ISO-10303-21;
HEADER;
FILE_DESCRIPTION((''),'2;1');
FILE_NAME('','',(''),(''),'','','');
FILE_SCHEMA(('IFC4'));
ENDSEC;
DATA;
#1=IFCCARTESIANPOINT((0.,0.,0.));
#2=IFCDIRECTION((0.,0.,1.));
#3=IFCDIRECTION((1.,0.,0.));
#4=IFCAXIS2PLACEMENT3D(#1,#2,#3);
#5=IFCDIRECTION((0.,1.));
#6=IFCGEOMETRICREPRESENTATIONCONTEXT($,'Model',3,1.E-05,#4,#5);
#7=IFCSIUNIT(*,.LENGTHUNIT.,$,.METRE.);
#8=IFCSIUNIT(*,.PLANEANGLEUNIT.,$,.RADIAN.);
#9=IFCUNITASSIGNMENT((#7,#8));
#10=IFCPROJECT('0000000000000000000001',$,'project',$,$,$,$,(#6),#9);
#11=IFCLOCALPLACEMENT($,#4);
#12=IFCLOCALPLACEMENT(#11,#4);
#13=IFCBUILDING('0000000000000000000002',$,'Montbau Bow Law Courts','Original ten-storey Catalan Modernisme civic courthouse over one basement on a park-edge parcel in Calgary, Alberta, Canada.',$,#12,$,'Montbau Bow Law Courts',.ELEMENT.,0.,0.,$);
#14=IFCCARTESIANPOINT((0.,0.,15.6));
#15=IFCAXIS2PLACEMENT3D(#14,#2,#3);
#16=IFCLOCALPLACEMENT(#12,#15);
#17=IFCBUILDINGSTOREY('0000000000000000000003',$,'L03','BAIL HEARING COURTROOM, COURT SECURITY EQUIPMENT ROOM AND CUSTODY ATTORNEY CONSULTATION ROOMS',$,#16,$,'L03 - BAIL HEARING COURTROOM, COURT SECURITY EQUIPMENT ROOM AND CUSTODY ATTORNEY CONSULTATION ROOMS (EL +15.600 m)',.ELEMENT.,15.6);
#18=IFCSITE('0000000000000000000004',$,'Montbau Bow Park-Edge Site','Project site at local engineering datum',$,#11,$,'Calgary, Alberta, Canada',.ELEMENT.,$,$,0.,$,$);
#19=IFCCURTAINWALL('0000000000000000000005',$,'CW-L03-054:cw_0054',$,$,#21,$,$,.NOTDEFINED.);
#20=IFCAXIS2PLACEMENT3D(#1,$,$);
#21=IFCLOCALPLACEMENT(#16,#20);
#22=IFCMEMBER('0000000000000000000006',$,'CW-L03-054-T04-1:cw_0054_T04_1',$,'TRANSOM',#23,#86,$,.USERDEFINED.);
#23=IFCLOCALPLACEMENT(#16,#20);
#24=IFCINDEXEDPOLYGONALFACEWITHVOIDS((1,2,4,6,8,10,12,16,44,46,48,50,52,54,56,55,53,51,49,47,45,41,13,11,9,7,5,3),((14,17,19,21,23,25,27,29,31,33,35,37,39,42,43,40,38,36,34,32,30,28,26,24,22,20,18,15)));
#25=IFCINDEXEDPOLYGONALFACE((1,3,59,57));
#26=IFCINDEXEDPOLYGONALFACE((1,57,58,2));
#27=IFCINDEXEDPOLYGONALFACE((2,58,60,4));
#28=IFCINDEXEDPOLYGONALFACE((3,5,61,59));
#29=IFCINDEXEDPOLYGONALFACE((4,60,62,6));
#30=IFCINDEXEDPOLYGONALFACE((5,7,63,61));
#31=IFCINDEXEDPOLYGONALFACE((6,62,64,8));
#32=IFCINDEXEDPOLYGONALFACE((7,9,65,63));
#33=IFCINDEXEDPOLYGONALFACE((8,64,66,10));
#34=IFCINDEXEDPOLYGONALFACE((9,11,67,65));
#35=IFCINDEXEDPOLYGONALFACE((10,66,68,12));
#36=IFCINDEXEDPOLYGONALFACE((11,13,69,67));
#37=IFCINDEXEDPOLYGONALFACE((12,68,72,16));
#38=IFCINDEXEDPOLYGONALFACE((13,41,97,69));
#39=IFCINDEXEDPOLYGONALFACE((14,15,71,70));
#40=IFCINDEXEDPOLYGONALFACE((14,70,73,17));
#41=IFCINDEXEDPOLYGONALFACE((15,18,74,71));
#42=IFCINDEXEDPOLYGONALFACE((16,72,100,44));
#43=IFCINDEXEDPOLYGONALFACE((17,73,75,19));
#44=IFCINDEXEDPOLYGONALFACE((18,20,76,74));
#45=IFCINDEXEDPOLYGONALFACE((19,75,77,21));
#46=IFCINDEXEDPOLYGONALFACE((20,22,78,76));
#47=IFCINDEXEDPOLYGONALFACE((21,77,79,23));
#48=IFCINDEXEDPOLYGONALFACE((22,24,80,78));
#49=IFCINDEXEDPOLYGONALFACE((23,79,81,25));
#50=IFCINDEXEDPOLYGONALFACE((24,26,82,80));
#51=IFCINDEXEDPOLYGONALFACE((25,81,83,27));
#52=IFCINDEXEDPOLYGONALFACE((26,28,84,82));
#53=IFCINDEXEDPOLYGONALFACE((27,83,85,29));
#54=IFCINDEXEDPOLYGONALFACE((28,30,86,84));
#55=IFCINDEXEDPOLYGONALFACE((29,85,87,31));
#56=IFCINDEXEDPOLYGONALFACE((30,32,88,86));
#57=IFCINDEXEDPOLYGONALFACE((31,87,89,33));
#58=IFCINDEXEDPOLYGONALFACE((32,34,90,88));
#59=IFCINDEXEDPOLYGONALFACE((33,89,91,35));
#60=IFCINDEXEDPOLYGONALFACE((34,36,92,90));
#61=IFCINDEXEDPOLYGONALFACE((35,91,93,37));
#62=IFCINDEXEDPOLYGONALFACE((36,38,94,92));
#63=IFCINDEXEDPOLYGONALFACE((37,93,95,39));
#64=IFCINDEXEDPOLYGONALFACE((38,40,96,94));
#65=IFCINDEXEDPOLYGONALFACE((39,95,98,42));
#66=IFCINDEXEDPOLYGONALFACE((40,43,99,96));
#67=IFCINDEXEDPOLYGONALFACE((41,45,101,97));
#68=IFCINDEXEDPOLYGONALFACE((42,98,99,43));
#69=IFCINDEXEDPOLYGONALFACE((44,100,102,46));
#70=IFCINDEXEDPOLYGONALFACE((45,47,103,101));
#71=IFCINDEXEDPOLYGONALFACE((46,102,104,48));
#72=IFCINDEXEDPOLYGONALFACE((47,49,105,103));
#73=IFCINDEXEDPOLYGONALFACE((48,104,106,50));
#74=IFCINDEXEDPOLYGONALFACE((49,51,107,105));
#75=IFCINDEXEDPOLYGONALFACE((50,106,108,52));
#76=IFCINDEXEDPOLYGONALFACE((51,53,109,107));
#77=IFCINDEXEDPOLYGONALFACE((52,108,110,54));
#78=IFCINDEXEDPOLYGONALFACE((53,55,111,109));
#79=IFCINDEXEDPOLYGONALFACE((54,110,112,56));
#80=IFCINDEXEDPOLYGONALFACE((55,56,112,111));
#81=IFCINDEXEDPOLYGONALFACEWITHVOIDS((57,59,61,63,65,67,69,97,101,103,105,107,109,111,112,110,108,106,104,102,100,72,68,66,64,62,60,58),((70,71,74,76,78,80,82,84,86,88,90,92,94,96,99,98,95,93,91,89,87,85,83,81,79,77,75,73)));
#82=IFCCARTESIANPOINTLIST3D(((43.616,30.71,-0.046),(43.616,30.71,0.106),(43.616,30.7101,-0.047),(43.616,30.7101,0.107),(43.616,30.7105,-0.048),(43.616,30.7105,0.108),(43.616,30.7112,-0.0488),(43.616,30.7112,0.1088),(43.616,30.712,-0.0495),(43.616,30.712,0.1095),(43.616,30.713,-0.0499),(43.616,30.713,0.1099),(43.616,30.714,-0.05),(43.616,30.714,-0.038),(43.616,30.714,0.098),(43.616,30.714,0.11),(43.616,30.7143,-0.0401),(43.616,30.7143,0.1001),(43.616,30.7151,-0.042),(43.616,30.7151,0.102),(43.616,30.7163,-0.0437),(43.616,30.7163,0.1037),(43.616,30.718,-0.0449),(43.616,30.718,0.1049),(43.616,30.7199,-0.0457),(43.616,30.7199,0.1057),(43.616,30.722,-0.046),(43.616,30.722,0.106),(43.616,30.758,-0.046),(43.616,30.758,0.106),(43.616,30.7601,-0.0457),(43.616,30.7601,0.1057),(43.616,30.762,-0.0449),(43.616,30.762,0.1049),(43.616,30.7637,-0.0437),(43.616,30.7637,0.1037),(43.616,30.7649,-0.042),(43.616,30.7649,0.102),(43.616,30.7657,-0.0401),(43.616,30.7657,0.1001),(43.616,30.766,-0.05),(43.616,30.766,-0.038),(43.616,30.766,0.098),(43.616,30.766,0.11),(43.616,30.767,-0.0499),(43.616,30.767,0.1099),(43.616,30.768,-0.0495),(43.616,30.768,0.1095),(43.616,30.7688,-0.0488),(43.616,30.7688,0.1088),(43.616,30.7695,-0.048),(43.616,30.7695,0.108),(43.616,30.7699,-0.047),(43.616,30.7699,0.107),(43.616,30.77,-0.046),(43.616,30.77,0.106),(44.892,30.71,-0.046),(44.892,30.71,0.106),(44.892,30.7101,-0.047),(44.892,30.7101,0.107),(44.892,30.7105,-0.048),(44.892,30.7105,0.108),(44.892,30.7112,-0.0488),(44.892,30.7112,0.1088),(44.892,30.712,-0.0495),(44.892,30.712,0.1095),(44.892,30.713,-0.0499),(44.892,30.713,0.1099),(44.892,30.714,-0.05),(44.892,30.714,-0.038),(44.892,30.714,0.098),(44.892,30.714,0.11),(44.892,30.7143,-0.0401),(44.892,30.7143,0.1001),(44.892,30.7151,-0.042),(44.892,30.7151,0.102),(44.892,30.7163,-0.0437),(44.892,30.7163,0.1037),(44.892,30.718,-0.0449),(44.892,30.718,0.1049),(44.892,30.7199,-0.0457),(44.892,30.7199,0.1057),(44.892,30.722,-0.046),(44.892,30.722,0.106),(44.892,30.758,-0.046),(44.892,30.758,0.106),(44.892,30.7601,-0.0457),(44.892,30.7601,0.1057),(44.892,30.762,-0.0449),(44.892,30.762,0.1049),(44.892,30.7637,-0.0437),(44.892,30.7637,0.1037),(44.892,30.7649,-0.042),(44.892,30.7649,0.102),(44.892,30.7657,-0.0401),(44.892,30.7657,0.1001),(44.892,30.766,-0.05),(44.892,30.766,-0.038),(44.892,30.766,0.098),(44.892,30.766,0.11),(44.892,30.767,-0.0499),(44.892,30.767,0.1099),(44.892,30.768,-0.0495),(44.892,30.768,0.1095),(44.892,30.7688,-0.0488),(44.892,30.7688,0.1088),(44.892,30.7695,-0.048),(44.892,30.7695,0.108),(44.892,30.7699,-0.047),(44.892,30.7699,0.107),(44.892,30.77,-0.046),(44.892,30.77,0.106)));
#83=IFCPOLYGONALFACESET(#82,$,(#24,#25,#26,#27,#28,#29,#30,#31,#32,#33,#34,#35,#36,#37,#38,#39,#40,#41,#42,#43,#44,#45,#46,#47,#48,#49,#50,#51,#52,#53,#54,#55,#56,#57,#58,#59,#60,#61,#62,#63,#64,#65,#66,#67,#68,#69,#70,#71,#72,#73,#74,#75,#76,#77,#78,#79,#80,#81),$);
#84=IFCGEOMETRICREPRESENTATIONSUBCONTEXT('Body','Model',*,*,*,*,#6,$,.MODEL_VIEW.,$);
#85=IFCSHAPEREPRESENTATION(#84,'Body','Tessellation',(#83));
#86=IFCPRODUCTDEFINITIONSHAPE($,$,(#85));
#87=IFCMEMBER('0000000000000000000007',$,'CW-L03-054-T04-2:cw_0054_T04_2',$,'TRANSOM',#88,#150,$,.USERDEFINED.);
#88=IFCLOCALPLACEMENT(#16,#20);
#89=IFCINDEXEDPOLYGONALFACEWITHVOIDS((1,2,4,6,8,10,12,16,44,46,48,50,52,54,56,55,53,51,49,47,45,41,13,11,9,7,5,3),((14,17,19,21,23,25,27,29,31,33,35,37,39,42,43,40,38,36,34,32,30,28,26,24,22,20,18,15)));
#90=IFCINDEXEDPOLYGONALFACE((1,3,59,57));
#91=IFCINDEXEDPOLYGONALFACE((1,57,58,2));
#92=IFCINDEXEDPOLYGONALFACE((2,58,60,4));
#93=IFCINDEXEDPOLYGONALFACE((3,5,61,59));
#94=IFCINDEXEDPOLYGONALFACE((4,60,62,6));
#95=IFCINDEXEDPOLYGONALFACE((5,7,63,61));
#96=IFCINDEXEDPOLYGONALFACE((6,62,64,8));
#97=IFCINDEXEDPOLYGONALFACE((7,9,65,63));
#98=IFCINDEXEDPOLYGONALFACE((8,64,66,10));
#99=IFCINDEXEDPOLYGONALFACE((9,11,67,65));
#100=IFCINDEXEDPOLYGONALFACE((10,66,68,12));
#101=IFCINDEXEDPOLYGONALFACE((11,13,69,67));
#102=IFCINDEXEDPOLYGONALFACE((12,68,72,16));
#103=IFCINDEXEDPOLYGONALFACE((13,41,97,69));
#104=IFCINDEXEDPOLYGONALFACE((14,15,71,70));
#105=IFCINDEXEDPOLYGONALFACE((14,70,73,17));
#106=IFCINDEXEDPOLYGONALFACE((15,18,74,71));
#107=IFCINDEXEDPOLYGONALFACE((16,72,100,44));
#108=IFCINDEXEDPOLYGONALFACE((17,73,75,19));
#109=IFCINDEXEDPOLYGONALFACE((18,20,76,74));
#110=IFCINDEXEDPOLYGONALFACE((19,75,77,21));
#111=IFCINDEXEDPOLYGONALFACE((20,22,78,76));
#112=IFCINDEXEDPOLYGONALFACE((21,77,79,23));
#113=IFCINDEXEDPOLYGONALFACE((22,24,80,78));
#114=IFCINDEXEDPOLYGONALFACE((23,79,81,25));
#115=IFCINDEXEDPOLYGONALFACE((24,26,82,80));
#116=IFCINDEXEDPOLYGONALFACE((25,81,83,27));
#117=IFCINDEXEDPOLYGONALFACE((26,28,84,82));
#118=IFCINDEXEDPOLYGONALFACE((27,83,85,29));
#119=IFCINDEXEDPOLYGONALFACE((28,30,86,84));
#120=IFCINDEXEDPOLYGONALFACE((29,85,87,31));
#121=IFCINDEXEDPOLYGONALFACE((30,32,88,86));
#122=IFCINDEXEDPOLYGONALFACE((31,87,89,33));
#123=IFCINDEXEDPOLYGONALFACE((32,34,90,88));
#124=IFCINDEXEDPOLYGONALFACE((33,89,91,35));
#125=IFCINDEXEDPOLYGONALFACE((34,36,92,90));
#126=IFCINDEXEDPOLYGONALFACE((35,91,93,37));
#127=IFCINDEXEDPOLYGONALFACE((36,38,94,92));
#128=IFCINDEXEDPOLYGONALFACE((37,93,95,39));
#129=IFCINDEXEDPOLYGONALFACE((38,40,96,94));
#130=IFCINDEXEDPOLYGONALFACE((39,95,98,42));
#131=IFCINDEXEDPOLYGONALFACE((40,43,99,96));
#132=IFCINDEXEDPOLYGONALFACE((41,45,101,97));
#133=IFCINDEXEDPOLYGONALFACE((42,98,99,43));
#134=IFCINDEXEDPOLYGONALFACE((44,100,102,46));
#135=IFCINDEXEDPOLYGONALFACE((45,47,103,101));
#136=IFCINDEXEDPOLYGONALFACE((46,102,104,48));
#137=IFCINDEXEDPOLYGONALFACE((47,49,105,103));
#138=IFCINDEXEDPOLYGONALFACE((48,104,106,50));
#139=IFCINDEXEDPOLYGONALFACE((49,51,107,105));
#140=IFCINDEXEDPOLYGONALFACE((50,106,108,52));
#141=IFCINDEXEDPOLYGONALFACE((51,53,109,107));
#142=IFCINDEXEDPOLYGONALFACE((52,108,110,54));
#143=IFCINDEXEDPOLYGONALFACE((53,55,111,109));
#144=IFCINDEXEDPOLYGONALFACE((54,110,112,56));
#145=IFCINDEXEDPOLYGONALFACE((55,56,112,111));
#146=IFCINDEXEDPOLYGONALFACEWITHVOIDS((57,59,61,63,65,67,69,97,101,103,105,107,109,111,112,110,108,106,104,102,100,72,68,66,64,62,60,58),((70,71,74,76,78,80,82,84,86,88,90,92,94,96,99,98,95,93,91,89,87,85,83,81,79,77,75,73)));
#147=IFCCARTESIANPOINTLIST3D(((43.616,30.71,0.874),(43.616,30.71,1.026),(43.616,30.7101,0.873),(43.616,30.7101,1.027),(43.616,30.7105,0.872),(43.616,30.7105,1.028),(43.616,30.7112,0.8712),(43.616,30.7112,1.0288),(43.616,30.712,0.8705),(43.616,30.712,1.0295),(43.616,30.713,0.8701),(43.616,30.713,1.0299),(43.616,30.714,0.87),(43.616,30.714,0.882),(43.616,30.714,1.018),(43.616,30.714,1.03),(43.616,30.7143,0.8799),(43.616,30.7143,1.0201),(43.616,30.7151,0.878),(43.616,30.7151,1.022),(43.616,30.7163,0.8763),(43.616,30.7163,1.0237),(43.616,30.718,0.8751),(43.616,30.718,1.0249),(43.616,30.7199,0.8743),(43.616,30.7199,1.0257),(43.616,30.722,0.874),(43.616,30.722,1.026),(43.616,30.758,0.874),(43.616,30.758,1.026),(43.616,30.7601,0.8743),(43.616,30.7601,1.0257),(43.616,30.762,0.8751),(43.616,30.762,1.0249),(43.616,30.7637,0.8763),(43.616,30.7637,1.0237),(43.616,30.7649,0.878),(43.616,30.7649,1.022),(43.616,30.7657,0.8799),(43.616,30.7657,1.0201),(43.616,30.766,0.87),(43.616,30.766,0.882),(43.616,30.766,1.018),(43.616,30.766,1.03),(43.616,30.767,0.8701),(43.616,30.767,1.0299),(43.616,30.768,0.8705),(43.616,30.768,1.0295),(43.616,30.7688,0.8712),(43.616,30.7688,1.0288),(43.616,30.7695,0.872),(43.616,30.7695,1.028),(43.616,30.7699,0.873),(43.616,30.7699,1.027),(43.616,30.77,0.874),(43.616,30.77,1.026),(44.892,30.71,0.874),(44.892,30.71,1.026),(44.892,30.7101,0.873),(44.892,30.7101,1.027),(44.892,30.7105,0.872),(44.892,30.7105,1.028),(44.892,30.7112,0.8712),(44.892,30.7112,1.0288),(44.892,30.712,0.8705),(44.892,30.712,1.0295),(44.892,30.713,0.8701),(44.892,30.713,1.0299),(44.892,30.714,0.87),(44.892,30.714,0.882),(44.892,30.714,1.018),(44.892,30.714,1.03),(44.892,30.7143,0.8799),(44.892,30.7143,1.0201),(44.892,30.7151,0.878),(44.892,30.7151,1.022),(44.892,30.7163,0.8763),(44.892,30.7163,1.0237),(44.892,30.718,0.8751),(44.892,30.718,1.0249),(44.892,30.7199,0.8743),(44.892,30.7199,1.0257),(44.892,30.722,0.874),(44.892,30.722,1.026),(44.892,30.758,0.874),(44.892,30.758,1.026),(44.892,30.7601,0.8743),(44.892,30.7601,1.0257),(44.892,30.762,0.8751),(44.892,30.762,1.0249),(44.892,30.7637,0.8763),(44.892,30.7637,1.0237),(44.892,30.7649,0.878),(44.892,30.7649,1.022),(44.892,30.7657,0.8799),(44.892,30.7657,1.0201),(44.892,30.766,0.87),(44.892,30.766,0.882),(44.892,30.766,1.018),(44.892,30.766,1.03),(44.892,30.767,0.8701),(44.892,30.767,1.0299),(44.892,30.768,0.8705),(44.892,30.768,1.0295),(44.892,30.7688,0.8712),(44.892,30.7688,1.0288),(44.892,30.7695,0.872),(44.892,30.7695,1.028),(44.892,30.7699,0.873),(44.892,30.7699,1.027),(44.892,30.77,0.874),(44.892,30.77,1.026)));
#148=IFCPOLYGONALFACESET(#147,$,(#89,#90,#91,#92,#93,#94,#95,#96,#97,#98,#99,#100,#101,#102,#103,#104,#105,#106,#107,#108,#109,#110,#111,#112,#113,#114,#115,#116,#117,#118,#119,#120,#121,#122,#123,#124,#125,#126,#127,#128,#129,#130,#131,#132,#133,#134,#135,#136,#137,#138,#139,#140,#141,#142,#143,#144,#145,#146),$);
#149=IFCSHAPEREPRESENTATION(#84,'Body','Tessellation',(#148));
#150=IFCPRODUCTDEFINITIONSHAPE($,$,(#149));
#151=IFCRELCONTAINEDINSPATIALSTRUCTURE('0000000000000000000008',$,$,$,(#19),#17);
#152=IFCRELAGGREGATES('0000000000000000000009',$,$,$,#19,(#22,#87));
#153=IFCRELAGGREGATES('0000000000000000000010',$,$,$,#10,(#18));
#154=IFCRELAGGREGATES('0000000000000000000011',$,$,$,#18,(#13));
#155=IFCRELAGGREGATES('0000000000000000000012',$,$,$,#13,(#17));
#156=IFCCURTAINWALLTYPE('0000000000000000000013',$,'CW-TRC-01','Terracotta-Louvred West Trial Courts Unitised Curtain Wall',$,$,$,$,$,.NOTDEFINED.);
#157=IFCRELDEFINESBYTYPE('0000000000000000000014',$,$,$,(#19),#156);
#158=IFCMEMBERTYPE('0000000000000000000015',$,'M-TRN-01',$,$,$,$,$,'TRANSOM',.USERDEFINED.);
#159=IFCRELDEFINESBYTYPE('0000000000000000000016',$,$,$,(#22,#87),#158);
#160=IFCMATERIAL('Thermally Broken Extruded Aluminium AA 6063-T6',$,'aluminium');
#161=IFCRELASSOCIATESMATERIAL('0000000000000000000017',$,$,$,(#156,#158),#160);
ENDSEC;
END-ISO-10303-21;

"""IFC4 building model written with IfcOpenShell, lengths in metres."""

from ifc_helpers import new_model, si_unit, direction, frame, origin_with_axes, origin_2d_with_axis, place, context, subcontext, project, spatial, hollow_rectangle, extrude, material, material_profile, profile_set, type_object, element, aggregate, save


model = new_model("IFC4")

# Units and contexts
model_context = context("Model", 3, precision=1e-05, world=origin_with_axes(), true_north=direction((0.0, 1.0)))
body_context = subcontext(model_context, "Body", "Model", "MODEL_VIEW")
ifc_project = project(units=[si_unit("LENGTHUNIT", "METRE"), si_unit("PLANEANGLEUNIT", "RADIAN")], contexts=[model_context])

# Site, building, storey
site_placement = place(None, origin_with_axes())
site = spatial("IfcSite", under=ifc_project, at=site_placement, Name="Montbau Bow Park-Edge Site", Description="Project site at local engineering datum", LongName="Calgary, Alberta, Canada", CompositionType="ELEMENT", RefElevation=0.0)
building_placement = place(site_placement, origin_with_axes())
building = spatial("IfcBuilding", under=site, at=building_placement, Name="Montbau Bow Law Courts", Description="Original ten-storey Catalan Modernisme civic courthouse over one basement on a park-edge parcel in Calgary, Alberta, Canada.", LongName="Montbau Bow Law Courts", CompositionType="ELEMENT", ElevationOfRefHeight=0.0, ElevationOfTerrain=0.0)
storey_placement = place(building_placement, frame((0.0, 0.0, 15.6), z_axis=(0.0, 0.0, 1.0), x_axis=(1.0, 0.0, 0.0)))
storey = spatial("IfcBuildingStorey", under=building, at=storey_placement, Name="L03", Description="BAIL HEARING COURTROOM, COURT SECURITY EQUIPMENT ROOM AND CUSTODY ATTORNEY CONSULTATION ROOMS", LongName="L03 - BAIL HEARING COURTROOM, COURT SECURITY EQUIPMENT ROOM AND CUSTODY ATTORNEY CONSULTATION ROOMS (EL +15.600 m)", CompositionType="ELEMENT", Elevation=15.6)

# Curtain wall
ifc_material_1 = material(Name="Thermally Broken Extruded Aluminium AA 6063-T6", Category="aluminium")
curtain_wall_type = type_object("IfcCurtainWallType", Name="CW-TRC-01", Description="Terracotta-Louvred West Trial Courts Unitised Curtain Wall", PredefinedType="NOTDEFINED", material=ifc_material_1)
curtain_wall_1_placement = place(None, frame((39.515, 30.74, 15.6), z_axis=(0.0, 0.0, 1.0), x_axis=(1.0, 0.0, 0.0)))
curtain_wall_1 = element("IfcCurtainWall", 1, at=curtain_wall_1_placement, inside=storey, type_object=curtain_wall_type, Name="CW-L03-054:cw_0054", PredefinedType="NOTDEFINED")

# Members
ifc_material_profile_1 = material_profile(ifc_material_1, hollow_rectangle(XDim=0.06, YDim=0.16, WallThickness=0.004, InnerFilletRadius=0.008, OuterFilletRadius=0.004, at=origin_2d_with_axis()), Name="CWT-160X60", Category="Main", Priority=0)
ifc_profile_set_1 = profile_set([ifc_material_profile_1], Name="Thermally Broken Extruded Aluminium AA 6063-T6")
member_type_1 = type_object("IfcMemberType", Name="M-TRN-01", ElementType="TRANSOM", PredefinedType="USERDEFINED", material=ifc_profile_set_1)
member_1_placement = place(None, frame((43.616, 30.74, 15.63), z_axis=(1.0, 0.0, 0.0), x_axis=(0.0, 1.0, 0.0)))
member_1 = element("IfcMember", 2, at=member_1_placement, type_object=member_type_1, Name="CW-L03-054-T04-1:cw_0054_T04_1", ObjectType="TRANSOM", PredefinedType="USERDEFINED", context=body_context, shape_type="SweptSolid", body=[
    extrude(hollow_rectangle(XDim=0.06, YDim=0.16, WallThickness=0.004, InnerFilletRadius=0.008, OuterFilletRadius=0.004, at=origin_2d_with_axis()), origin_with_axes(), (0.0, 0.0, 1.0), 1.276),
])
member_2_placement = place(None, frame((43.616, 30.74, 16.55), z_axis=(1.0, 0.0, 0.0), x_axis=(0.0, 1.0, 0.0)))
member_2 = element("IfcMember", 3, at=member_2_placement, type_object=member_type_1, Name="CW-L03-054-T04-2:cw_0054_T04_2", ObjectType="TRANSOM", PredefinedType="USERDEFINED", context=body_context, shape_type="SweptSolid", body=[
    extrude(hollow_rectangle(XDim=0.06, YDim=0.16, WallThickness=0.004, InnerFilletRadius=0.008, OuterFilletRadius=0.004, at=origin_2d_with_axis()), origin_with_axes(), (0.0, 0.0, 1.0), 1.276),
])

aggregate(curtain_wall_1, [member_1, member_2])

save(model, "model.ifc")
